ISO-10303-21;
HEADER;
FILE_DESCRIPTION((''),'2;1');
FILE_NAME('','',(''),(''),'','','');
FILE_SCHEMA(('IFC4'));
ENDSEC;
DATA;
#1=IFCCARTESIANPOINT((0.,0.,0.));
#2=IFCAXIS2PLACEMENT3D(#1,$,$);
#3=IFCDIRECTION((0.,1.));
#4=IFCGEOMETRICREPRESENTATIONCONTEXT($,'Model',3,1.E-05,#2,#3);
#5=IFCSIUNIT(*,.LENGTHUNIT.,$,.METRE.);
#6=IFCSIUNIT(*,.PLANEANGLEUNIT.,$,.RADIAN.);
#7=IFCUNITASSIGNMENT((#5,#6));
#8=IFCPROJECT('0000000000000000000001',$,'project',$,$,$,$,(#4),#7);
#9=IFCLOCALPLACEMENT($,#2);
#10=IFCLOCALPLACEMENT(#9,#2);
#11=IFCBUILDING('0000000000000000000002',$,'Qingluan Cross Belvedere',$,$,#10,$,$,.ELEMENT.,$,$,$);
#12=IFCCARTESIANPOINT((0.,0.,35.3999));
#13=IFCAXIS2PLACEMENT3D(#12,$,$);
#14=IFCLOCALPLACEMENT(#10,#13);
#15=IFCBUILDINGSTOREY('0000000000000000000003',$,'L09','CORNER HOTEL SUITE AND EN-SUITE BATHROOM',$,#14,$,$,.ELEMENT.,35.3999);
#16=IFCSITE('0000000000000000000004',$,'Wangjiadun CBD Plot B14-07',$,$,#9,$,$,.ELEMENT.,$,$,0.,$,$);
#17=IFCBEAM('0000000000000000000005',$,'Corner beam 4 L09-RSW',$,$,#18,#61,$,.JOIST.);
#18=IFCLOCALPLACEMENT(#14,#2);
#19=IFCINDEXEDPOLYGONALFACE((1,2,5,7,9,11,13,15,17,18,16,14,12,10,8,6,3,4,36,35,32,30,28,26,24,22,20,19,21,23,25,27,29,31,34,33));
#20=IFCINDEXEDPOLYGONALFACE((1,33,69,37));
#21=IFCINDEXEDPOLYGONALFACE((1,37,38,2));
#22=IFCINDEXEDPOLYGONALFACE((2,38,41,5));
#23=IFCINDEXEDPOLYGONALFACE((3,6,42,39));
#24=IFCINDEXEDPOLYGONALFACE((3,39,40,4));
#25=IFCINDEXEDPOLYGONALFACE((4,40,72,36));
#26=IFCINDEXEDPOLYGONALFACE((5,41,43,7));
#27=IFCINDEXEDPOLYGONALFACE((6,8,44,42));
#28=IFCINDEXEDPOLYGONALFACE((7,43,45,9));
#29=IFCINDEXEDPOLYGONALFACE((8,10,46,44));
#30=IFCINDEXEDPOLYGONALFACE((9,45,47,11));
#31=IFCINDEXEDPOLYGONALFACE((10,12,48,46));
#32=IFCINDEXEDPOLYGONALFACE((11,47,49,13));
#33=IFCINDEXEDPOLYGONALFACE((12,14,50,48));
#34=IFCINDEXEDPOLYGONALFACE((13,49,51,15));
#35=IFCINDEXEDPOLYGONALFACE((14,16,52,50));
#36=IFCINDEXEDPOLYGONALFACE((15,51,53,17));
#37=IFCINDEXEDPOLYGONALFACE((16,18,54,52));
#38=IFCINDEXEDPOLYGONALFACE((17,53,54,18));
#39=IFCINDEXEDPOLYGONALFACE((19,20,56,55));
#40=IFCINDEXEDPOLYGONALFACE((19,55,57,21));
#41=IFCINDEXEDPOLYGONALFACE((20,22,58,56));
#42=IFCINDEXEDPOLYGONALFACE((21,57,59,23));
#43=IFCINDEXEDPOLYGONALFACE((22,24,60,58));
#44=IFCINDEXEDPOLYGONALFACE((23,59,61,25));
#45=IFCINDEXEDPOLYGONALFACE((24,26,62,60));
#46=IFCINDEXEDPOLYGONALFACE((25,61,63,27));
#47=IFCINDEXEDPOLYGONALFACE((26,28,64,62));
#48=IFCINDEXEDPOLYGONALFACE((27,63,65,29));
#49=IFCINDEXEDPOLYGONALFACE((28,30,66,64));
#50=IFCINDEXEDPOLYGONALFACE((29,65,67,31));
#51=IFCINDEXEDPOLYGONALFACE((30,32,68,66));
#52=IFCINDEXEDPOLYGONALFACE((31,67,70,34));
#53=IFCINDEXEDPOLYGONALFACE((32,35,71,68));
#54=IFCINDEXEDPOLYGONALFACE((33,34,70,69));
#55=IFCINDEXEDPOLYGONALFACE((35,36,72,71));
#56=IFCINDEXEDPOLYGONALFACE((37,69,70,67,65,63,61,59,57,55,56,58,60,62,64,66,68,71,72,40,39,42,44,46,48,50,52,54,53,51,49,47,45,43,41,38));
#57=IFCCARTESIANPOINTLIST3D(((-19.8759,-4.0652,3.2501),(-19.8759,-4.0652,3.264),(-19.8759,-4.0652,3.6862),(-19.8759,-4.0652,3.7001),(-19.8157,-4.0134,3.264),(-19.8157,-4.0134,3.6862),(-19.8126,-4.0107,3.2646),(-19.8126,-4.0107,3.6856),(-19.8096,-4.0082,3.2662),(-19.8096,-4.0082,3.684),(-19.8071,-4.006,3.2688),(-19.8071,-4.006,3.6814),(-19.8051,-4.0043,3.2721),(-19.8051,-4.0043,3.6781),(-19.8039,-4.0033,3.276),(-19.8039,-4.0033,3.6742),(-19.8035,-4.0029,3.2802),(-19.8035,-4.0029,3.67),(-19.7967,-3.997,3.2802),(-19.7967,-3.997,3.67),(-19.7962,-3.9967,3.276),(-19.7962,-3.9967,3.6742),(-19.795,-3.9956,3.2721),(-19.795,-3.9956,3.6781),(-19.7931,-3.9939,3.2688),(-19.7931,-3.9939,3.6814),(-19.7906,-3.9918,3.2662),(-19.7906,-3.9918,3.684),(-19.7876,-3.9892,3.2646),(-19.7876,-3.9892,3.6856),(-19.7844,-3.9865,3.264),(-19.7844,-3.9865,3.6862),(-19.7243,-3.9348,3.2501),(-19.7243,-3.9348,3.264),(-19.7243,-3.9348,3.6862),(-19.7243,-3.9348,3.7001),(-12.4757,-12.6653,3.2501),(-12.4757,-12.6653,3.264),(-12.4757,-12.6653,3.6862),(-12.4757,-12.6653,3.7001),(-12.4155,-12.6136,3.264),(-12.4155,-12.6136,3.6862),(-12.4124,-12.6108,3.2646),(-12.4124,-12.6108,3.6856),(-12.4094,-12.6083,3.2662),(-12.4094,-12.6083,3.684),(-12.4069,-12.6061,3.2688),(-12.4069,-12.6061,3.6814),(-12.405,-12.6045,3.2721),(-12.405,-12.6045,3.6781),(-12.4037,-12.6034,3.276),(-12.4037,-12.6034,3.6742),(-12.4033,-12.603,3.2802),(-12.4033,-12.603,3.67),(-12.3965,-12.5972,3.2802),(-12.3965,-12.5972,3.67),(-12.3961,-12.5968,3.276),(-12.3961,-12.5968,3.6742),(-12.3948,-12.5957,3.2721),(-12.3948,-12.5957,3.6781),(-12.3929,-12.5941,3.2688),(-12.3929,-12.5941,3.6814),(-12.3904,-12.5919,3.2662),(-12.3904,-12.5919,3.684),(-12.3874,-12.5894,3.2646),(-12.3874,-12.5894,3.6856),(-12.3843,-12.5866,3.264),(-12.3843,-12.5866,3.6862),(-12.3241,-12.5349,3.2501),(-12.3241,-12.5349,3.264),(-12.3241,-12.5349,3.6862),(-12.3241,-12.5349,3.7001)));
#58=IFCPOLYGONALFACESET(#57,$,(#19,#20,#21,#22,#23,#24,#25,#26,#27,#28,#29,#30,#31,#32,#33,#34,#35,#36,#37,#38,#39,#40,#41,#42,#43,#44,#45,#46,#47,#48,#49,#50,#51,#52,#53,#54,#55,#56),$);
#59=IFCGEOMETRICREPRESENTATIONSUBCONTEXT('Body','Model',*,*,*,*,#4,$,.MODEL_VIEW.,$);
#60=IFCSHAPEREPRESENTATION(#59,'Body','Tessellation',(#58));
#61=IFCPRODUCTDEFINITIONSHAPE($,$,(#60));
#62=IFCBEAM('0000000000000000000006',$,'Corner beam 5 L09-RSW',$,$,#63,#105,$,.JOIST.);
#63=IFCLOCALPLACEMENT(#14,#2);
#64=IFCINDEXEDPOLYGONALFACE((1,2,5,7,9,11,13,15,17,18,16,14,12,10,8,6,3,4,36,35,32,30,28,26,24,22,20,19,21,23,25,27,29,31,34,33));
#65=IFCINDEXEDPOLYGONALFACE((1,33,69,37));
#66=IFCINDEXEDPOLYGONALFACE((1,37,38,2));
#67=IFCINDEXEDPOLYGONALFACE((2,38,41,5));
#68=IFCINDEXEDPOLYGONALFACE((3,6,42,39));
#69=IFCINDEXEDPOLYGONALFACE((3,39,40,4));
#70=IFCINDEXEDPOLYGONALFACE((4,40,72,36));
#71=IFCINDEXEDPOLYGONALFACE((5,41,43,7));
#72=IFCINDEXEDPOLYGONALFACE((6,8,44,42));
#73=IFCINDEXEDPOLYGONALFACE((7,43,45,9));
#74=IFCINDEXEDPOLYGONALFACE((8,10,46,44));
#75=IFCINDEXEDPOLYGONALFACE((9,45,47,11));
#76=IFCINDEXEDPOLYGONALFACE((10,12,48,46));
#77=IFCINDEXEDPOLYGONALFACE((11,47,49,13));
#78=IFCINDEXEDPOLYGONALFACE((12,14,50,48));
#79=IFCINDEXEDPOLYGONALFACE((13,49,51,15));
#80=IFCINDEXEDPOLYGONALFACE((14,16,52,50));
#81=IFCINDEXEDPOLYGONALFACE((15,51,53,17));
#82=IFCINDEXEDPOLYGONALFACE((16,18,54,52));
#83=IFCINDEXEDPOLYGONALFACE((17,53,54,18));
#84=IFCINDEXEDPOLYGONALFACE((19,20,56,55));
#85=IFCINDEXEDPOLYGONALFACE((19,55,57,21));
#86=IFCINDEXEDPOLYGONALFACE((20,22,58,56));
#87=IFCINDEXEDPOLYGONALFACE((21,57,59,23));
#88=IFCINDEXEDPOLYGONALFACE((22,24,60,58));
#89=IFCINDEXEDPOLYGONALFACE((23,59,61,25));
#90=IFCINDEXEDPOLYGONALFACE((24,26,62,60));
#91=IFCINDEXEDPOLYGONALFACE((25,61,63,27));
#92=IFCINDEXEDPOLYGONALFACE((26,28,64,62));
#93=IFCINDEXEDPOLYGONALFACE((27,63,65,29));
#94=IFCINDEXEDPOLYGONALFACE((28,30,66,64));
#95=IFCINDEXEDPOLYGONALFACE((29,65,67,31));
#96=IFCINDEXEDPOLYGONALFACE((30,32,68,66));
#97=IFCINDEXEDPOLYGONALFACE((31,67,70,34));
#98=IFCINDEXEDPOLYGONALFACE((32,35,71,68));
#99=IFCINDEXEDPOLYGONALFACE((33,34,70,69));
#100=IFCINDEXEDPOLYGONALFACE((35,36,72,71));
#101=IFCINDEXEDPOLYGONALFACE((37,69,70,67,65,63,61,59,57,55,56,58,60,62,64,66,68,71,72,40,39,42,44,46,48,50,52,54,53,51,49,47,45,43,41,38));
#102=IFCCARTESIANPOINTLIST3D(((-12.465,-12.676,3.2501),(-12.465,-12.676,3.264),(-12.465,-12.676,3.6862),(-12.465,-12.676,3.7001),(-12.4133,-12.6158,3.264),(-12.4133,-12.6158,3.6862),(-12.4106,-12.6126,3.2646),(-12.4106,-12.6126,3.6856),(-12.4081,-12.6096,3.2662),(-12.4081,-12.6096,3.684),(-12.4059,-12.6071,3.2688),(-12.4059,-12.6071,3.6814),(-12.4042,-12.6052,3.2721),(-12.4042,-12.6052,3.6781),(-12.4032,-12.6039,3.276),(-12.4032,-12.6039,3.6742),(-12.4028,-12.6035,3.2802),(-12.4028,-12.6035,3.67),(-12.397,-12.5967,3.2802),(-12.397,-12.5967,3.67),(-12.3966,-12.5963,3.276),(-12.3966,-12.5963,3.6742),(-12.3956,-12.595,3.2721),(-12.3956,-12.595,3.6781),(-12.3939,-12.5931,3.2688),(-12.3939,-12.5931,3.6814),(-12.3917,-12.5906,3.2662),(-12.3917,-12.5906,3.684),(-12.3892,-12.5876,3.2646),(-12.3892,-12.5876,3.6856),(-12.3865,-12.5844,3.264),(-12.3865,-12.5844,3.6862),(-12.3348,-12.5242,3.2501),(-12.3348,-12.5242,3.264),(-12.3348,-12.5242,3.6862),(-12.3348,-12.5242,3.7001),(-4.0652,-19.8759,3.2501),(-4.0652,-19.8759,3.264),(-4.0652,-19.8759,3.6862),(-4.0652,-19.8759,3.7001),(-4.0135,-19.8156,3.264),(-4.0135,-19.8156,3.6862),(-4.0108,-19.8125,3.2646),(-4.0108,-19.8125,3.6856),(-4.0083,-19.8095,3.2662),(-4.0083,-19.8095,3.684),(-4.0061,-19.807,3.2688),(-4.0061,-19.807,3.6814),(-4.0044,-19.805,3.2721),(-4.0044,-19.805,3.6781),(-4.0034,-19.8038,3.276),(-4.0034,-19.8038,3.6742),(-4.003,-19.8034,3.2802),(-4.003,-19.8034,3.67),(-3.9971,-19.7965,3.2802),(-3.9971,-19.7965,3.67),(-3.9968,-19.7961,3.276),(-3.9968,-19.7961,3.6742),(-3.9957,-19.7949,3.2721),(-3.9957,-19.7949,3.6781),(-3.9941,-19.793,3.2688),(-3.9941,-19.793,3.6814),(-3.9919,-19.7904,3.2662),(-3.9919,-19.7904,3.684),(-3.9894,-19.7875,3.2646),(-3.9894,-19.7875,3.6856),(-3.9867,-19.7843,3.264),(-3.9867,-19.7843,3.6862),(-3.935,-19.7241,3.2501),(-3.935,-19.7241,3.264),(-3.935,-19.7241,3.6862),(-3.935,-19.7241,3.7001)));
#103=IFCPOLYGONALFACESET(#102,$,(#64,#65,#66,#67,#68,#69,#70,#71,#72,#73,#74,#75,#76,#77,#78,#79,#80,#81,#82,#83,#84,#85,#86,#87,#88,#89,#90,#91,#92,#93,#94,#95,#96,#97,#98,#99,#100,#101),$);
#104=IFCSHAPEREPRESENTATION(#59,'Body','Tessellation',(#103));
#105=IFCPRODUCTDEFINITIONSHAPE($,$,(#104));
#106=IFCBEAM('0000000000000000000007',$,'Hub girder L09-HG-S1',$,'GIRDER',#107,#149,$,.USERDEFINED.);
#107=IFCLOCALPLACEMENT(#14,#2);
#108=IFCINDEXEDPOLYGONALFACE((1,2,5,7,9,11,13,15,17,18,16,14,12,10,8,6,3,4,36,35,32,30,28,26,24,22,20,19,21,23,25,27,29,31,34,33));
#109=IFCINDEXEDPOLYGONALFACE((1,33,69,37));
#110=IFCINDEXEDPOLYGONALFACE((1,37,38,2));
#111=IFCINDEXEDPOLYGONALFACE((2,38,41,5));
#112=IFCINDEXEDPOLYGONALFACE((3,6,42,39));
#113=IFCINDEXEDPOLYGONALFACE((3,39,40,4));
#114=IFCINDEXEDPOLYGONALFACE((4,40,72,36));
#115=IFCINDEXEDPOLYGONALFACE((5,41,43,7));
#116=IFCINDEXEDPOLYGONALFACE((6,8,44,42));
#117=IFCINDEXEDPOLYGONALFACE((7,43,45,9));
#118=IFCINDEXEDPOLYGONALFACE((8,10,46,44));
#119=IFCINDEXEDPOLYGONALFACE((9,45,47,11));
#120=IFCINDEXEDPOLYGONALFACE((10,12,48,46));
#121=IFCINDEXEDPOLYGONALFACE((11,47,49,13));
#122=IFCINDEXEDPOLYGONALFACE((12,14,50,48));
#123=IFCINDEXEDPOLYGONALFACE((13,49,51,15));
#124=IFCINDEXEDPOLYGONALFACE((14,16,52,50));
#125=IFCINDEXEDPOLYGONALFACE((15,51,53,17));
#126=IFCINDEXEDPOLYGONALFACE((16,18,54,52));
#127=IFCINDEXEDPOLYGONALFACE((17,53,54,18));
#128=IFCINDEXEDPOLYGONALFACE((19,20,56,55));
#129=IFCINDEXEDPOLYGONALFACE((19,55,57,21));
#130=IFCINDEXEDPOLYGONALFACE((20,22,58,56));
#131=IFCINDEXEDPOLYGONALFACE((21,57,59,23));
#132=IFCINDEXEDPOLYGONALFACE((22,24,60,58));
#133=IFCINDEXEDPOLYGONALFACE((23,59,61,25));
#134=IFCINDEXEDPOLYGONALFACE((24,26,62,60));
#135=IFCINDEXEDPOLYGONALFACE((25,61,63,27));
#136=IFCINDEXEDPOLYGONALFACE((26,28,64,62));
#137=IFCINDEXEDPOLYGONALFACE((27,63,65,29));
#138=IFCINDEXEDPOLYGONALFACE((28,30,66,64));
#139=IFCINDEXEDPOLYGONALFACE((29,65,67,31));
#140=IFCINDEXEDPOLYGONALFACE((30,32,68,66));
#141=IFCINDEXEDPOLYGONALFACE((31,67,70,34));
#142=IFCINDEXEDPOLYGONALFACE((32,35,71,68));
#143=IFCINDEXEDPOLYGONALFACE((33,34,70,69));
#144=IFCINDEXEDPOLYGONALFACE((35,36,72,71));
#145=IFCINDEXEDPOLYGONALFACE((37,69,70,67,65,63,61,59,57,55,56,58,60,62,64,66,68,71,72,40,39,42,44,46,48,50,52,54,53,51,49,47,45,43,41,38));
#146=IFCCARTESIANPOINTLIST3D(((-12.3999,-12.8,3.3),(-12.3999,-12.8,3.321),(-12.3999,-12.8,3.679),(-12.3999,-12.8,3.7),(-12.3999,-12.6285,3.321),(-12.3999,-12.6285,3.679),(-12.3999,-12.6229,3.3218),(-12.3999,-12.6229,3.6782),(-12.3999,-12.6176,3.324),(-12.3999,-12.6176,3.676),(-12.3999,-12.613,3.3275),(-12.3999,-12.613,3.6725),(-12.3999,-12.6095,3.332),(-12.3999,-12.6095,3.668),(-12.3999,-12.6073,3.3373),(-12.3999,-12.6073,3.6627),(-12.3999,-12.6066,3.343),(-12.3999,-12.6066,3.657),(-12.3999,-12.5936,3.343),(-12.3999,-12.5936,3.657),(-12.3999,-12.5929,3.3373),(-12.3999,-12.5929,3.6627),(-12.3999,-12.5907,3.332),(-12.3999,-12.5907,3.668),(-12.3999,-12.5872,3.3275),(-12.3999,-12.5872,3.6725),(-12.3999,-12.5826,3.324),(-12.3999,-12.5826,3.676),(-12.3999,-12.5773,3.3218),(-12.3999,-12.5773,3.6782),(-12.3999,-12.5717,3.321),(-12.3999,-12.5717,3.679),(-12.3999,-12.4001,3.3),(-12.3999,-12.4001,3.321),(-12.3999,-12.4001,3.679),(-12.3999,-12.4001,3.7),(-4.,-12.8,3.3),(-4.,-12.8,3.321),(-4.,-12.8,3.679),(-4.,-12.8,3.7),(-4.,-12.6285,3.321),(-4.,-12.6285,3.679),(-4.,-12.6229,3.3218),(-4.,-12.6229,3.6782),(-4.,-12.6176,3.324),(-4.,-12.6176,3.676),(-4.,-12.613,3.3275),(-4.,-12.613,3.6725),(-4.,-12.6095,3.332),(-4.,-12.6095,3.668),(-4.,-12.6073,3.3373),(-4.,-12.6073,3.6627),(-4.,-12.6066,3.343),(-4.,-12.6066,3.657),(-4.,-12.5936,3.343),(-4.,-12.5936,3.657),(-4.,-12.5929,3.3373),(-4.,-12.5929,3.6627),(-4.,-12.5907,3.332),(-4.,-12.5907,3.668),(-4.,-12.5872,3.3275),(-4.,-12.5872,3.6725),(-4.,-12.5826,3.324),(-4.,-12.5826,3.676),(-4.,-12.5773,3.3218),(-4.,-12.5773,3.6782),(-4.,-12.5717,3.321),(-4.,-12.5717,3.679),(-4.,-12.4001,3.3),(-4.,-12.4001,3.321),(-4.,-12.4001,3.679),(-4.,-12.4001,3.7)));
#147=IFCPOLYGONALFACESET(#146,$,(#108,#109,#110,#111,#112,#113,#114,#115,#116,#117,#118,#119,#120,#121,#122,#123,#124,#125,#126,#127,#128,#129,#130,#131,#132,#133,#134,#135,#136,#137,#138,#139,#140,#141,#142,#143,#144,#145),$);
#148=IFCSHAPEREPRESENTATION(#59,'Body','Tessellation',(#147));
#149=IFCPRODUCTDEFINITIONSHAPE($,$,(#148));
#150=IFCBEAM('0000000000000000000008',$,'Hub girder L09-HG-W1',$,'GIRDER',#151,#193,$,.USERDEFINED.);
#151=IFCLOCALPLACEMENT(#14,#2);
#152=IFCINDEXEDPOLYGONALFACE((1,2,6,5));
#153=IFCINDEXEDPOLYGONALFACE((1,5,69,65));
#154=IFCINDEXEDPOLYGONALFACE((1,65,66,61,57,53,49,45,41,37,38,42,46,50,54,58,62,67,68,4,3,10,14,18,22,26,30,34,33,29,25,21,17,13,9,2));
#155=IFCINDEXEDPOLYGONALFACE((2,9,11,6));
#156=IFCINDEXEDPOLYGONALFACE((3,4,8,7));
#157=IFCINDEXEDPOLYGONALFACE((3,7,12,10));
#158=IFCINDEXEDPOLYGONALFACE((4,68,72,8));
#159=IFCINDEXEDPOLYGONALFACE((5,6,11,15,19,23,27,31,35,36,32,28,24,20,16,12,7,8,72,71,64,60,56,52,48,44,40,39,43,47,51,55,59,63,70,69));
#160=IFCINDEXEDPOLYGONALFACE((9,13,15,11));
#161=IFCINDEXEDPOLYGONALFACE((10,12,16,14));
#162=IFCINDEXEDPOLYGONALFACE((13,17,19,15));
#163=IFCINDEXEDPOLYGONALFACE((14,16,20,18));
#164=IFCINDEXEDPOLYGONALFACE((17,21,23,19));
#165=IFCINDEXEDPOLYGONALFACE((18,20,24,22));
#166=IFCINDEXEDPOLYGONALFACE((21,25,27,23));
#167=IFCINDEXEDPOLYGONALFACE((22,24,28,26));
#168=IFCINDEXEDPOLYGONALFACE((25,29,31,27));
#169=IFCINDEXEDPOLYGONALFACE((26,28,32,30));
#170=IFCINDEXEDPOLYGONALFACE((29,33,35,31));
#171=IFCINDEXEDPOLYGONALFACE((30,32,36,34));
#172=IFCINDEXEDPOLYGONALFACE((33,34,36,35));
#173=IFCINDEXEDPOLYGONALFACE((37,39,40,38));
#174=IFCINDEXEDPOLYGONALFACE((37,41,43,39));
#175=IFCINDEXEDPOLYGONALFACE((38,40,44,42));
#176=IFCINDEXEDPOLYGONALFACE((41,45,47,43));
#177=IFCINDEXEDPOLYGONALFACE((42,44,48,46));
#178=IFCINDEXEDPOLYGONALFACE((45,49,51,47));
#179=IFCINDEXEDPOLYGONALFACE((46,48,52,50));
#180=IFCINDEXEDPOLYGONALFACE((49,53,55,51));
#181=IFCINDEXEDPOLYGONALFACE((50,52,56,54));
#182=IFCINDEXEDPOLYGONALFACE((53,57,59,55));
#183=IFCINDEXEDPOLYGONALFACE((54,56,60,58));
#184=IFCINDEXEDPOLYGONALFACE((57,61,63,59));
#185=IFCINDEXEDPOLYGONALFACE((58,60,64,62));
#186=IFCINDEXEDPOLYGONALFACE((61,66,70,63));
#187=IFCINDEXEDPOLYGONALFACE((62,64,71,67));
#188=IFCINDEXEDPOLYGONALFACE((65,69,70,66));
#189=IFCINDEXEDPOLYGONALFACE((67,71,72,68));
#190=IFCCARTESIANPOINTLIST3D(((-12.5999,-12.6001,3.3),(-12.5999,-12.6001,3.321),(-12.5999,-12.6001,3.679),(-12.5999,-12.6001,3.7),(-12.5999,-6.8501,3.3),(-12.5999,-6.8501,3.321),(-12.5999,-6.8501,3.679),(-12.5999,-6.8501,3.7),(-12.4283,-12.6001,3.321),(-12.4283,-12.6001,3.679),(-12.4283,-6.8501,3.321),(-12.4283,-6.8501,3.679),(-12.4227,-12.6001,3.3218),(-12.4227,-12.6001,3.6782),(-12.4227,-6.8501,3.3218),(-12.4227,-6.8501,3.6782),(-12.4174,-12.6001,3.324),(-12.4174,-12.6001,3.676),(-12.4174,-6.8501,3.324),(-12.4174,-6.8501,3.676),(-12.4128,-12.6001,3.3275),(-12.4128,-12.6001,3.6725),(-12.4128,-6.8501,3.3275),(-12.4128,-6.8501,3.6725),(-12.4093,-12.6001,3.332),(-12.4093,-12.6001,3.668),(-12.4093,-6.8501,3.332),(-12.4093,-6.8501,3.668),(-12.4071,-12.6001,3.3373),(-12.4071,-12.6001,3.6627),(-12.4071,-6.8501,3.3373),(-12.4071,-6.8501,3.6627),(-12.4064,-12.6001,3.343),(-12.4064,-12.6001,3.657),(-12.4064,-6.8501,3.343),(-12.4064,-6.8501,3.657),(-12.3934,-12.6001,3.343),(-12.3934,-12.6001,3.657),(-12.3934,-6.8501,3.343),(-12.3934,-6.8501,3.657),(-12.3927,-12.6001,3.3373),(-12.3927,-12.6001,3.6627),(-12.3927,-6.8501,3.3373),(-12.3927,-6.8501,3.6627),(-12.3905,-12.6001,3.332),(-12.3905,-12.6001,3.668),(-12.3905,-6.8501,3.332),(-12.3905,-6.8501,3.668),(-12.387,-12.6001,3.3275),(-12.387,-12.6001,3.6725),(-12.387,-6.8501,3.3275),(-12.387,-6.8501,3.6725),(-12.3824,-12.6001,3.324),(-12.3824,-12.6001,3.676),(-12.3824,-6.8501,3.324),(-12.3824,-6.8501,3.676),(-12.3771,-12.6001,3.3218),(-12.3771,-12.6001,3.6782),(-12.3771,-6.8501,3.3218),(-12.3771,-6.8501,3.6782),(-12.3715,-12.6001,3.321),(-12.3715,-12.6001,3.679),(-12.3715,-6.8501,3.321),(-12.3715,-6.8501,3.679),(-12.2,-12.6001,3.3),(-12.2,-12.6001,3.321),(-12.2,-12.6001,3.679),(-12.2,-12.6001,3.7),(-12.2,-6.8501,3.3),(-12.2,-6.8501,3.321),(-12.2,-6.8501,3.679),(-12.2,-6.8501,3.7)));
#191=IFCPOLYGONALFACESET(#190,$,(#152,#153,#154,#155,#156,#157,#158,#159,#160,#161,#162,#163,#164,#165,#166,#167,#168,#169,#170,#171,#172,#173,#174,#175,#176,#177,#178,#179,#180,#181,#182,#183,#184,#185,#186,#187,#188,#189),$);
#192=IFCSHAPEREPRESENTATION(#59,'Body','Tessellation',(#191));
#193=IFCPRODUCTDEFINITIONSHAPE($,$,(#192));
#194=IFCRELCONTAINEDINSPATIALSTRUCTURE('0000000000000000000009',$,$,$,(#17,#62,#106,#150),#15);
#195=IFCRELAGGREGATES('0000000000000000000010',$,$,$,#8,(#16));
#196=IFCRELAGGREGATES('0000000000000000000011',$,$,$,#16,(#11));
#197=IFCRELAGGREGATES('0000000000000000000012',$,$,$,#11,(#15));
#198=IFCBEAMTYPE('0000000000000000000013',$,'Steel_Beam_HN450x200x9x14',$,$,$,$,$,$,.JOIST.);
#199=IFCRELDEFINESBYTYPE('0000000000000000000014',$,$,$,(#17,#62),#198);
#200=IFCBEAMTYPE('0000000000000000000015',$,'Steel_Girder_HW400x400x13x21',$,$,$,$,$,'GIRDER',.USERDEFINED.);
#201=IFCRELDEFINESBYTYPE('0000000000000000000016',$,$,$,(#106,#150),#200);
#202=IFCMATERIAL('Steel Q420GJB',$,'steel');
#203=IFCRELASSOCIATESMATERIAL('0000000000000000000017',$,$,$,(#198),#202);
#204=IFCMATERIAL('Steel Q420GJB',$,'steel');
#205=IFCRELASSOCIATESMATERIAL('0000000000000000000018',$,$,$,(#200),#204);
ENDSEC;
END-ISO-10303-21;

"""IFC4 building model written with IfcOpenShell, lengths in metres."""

from ifc_helpers import new_model, si_unit, direction, frame, origin, origin_2d, place, context, subcontext, project, spatial, i_section, extrude, material, material_profile, profile_set, type_object, element, save


model = new_model("IFC4")

# Units and contexts
model_context = context("Model", 3, precision=1e-05, world=origin(), true_north=direction((0.0, 1.0)))
body_context = subcontext(model_context, "Body", "Model", "MODEL_VIEW")
ifc_project = project(units=[si_unit("LENGTHUNIT", "METRE"), si_unit("PLANEANGLEUNIT", "RADIAN")], contexts=[model_context])

# Site, building, storey
site_placement = place(None, origin())
site = spatial("IfcSite", under=ifc_project, at=site_placement, Name="Wangjiadun CBD Plot B14-07", CompositionType="ELEMENT", RefElevation=0.0)
building_placement = place(site_placement, origin())
building = spatial("IfcBuilding", under=site, at=building_placement, Name="Qingluan Cross Belvedere", CompositionType="ELEMENT")
storey_placement = place(building_placement, frame((0.0, 0.0, 35.3999)))
storey = spatial("IfcBuildingStorey", under=building, at=storey_placement, Name="L09", Description="CORNER HOTEL SUITE AND EN-SUITE BATHROOM", CompositionType="ELEMENT", Elevation=35.3999)

# Beams
ifc_material_1 = material(Name="Steel Q420GJB", Category="steel")
ifc_material_profile_1 = material_profile(ifc_material_1, i_section(OverallWidth=0.2, OverallDepth=0.45, WebThickness=0.009, FlangeThickness=0.0139, FilletRadius=0.0161, at=origin_2d()), Name="HN450x200x9x14")
ifc_profile_set_1 = profile_set([ifc_material_profile_1], Name="Steel Q420GJB")
beam_type_1 = type_object("IfcBeamType", Name="Steel_Beam_HN450x200x9x14", PredefinedType="JOIST", material=ifc_profile_set_1)
beam_1_placement = place(storey_placement, frame((-12.3999, -12.6001, 3.4751), z_axis=(-0.652245, 0.758008, 0.0), x_axis=(-0.758008, -0.652245, 0.0)))
element("IfcBeam", 1, at=beam_1_placement, inside=storey, type_object=beam_type_1, Name="Corner beam 4 L09-RSW", PredefinedType="JOIST", context=body_context, shape_type="SweptSolid", body=[
    extrude(i_section(OverallWidth=0.2, OverallDepth=0.45, WebThickness=0.009, FlangeThickness=0.0139, FilletRadius=0.0161, at=origin_2d()), origin(), (0.0, 0.0, 1.0), 11.3457),
])
beam_2_placement = place(storey_placement, frame((-12.3999, -12.6001, 3.4751), z_axis=(0.759255, -0.650793, 0.0), x_axis=(0.650793, 0.759255, 0.0)))
element("IfcBeam", 2, at=beam_2_placement, inside=storey, type_object=beam_type_1, Name="Corner beam 5 L09-RSW", PredefinedType="JOIST", context=body_context, shape_type="SweptSolid", body=[
    extrude(i_section(OverallWidth=0.2, OverallDepth=0.45, WebThickness=0.009, FlangeThickness=0.0139, FilletRadius=0.0161, at=origin_2d()), origin(), (0.0, 0.0, 1.0), 11.0632),
])
ifc_material_2 = material(Name="Steel Q420GJB", Category="steel")
ifc_material_profile_2 = material_profile(ifc_material_2, i_section(OverallWidth=0.3999, OverallDepth=0.3999, WebThickness=0.0129, FlangeThickness=0.021, FilletRadius=0.022, at=origin_2d()), Name="HW400x400x13x21")
ifc_profile_set_2 = profile_set([ifc_material_profile_2], Name="Steel Q420GJB")
beam_type_2 = type_object("IfcBeamType", Name="Steel_Girder_HW400x400x13x21", ElementType="GIRDER", PredefinedType="USERDEFINED", material=ifc_profile_set_2)
beam_3_placement = place(storey_placement, frame((-12.3999, -12.6001, 3.5), z_axis=(1.0, 0.0, 0.0), x_axis=(0.0, 1.0, 0.0)))
element("IfcBeam", 3, at=beam_3_placement, inside=storey, type_object=beam_type_2, Name="Hub girder L09-HG-S1", ObjectType="GIRDER", PredefinedType="USERDEFINED", context=body_context, shape_type="SweptSolid", body=[
    extrude(i_section(OverallWidth=0.3999, OverallDepth=0.3999, WebThickness=0.0129, FlangeThickness=0.021, FilletRadius=0.022, at=origin_2d()), origin(), (0.0, 0.0, 1.0), 8.3999),
])
beam_4_placement = place(storey_placement, frame((-12.3999, -12.6001, 3.5), z_axis=(0.0, 1.0, 0.0), x_axis=(-1.0, 0.0, 0.0)))
element("IfcBeam", 4, at=beam_4_placement, inside=storey, type_object=beam_type_2, Name="Hub girder L09-HG-W1", ObjectType="GIRDER", PredefinedType="USERDEFINED", context=body_context, shape_type="SweptSolid", body=[
    extrude(i_section(OverallWidth=0.3999, OverallDepth=0.3999, WebThickness=0.0129, FlangeThickness=0.021, FilletRadius=0.022, at=origin_2d()), origin(), (0.0, 0.0, 1.0), 5.75),
])

save(model, "model.ifc")
